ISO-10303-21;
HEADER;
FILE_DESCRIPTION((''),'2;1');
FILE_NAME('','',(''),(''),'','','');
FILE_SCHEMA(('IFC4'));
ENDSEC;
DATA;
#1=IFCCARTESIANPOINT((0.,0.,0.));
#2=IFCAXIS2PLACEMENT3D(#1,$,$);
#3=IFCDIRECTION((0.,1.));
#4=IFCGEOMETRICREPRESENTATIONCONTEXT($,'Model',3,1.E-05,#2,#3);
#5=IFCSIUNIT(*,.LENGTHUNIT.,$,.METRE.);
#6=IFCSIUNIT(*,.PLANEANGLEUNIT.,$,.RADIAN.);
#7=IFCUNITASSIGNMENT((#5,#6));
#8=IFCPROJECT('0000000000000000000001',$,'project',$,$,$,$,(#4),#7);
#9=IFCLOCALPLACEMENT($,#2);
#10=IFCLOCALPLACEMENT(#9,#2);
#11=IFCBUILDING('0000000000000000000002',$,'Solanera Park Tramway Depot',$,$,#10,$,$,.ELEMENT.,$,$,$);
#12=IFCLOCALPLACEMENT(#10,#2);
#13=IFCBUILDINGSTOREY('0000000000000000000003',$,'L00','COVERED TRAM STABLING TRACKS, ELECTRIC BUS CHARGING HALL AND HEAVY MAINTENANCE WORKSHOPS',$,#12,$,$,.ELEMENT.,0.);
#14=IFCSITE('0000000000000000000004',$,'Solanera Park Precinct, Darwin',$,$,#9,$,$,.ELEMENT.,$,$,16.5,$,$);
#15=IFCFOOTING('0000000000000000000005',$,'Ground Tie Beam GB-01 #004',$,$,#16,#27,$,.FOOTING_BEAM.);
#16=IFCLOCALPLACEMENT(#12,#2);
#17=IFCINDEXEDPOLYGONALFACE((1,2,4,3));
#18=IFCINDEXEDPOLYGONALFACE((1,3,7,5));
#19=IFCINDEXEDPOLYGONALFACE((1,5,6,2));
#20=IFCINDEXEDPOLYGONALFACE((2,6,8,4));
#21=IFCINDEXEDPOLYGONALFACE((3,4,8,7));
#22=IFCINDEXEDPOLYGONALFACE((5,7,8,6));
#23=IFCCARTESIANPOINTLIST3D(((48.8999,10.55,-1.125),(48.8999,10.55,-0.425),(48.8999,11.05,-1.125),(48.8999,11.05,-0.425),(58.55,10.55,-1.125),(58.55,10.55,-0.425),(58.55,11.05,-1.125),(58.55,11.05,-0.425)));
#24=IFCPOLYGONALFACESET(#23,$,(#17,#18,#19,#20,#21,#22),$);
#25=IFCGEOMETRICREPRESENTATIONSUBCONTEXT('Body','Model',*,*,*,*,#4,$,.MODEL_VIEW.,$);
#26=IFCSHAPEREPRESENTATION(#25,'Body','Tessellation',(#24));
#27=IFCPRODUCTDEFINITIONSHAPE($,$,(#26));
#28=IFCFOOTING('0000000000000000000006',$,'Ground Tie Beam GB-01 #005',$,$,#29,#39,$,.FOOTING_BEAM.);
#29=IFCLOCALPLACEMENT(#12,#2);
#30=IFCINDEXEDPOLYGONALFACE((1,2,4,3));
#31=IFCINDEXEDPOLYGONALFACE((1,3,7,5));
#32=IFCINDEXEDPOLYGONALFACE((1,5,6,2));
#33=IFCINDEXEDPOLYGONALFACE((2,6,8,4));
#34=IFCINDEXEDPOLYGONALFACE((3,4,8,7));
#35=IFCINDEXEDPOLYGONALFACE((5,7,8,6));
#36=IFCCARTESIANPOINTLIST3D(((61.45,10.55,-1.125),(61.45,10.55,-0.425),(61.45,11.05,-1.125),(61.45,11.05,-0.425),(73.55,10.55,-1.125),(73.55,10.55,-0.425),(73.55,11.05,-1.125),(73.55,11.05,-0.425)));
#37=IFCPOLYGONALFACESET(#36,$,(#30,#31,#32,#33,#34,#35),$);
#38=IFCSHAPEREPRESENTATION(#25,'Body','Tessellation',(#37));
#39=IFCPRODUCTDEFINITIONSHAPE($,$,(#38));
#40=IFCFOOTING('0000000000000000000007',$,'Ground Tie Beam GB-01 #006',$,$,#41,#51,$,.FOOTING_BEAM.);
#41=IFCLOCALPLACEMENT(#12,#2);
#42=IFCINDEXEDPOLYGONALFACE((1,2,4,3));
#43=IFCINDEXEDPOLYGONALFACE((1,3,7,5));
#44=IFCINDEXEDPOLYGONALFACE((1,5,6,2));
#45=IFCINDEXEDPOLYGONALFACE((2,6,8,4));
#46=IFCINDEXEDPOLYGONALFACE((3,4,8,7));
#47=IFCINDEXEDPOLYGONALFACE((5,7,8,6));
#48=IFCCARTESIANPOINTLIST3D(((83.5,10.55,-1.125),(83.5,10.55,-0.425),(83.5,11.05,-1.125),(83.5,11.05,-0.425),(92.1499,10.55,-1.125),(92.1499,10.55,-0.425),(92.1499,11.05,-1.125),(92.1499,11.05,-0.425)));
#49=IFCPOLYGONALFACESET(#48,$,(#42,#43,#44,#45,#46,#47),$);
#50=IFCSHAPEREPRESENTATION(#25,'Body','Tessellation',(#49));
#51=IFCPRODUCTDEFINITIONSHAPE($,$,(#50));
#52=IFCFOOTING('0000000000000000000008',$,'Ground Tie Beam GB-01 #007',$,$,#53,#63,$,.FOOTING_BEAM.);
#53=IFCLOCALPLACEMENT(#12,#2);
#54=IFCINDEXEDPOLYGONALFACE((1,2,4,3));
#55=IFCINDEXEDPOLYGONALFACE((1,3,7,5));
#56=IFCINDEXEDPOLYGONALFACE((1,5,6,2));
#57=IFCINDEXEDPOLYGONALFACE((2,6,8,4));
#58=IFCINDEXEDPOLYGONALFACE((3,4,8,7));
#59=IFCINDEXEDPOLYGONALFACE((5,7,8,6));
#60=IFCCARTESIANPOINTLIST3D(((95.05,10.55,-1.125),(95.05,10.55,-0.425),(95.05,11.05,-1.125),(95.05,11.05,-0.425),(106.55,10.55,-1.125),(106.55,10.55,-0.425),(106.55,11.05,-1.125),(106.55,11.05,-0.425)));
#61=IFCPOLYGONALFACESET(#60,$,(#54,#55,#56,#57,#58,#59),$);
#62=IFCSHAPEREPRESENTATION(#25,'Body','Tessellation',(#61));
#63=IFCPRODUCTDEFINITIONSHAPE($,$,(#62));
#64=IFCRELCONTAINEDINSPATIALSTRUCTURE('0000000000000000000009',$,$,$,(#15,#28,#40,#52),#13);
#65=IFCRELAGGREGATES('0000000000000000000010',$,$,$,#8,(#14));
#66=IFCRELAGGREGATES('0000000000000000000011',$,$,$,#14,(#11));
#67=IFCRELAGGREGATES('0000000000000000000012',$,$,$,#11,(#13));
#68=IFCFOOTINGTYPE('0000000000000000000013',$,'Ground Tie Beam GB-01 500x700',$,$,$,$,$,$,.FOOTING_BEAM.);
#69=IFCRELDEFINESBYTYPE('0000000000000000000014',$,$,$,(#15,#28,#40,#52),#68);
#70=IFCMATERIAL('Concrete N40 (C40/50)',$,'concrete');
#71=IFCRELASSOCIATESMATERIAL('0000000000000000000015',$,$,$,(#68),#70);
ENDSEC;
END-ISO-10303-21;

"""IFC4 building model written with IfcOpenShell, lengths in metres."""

from ifc_helpers import new_model, si_unit, direction, frame, origin, place, context, subcontext, project, spatial, polyline, outline, extrude, material, type_object, element, save


model = new_model("IFC4")

# Units and contexts
model_context = context("Model", 3, precision=1e-05, world=origin(), true_north=direction((0.0, 1.0)))
body_context = subcontext(model_context, "Body", "Model", "MODEL_VIEW")
ifc_project = project(units=[si_unit("LENGTHUNIT", "METRE"), si_unit("PLANEANGLEUNIT", "RADIAN")], contexts=[model_context])

# Site, building, storey
site_placement = place(None, origin())
site = spatial("IfcSite", under=ifc_project, at=site_placement, Name="Solanera Park Precinct, Darwin", CompositionType="ELEMENT", RefElevation=16.5)
building_placement = place(site_placement, origin())
building = spatial("IfcBuilding", under=site, at=building_placement, Name="Solanera Park Tramway Depot", CompositionType="ELEMENT")
storey_placement = place(building_placement, origin())
storey = spatial("IfcBuildingStorey", under=building, at=storey_placement, Name="L00", Description="COVERED TRAM STABLING TRACKS, ELECTRIC BUS CHARGING HALL AND HEAVY MAINTENANCE WORKSHOPS", CompositionType="ELEMENT", Elevation=0.0)

# Footings
ifc_material_1 = material(Name="Concrete N40 (C40/50)", Category="concrete")
footing_type_1 = type_object("IfcFootingType", Name="Ground Tie Beam GB-01 500x700", PredefinedType="FOOTING_BEAM", material=ifc_material_1)
footing_1_placement = place(storey_placement, frame((0.0, 0.0, -1.125)))
element("IfcFooting", 1, at=footing_1_placement, inside=storey, type_object=footing_type_1, Name="Ground Tie Beam GB-01 #004", PredefinedType="FOOTING_BEAM", context=body_context, shape_type="SweptSolid", body=[
    extrude(outline(polyline([(58.55, 10.55), (58.55, 11.05), (48.8999, 11.05), (48.8999, 10.55), (58.55, 10.55)])), origin(), (0.0, 0.0, 1.0), 0.7),
])
footing_2_placement = place(storey_placement, frame((0.0, 0.0, -1.125)))
element("IfcFooting", 2, at=footing_2_placement, inside=storey, type_object=footing_type_1, Name="Ground Tie Beam GB-01 #005", PredefinedType="FOOTING_BEAM", context=body_context, shape_type="SweptSolid", body=[
    extrude(outline(polyline([(73.55, 10.55), (73.55, 11.05), (61.45, 11.05), (61.45, 10.55), (73.55, 10.55)])), origin(), (0.0, 0.0, 1.0), 0.7),
])
footing_3_placement = place(storey_placement, frame((0.0, 0.0, -1.125)))
element("IfcFooting", 3, at=footing_3_placement, inside=storey, type_object=footing_type_1, Name="Ground Tie Beam GB-01 #006", PredefinedType="FOOTING_BEAM", context=body_context, shape_type="SweptSolid", body=[
    extrude(outline(polyline([(92.1499, 10.55), (92.1499, 11.05), (83.5, 11.05), (83.5, 10.55), (92.1499, 10.55)])), origin(), (0.0, 0.0, 1.0), 0.7),
])
footing_4_placement = place(storey_placement, frame((0.0, 0.0, -1.125)))
element("IfcFooting", 4, at=footing_4_placement, inside=storey, type_object=footing_type_1, Name="Ground Tie Beam GB-01 #007", PredefinedType="FOOTING_BEAM", context=body_context, shape_type="SweptSolid", body=[
    extrude(outline(polyline([(106.55, 10.55), (106.55, 11.05), (95.05, 11.05), (95.05, 10.55), (106.55, 10.55)])), origin(), (0.0, 0.0, 1.0), 0.7),
])

save(model, "model.ifc")
